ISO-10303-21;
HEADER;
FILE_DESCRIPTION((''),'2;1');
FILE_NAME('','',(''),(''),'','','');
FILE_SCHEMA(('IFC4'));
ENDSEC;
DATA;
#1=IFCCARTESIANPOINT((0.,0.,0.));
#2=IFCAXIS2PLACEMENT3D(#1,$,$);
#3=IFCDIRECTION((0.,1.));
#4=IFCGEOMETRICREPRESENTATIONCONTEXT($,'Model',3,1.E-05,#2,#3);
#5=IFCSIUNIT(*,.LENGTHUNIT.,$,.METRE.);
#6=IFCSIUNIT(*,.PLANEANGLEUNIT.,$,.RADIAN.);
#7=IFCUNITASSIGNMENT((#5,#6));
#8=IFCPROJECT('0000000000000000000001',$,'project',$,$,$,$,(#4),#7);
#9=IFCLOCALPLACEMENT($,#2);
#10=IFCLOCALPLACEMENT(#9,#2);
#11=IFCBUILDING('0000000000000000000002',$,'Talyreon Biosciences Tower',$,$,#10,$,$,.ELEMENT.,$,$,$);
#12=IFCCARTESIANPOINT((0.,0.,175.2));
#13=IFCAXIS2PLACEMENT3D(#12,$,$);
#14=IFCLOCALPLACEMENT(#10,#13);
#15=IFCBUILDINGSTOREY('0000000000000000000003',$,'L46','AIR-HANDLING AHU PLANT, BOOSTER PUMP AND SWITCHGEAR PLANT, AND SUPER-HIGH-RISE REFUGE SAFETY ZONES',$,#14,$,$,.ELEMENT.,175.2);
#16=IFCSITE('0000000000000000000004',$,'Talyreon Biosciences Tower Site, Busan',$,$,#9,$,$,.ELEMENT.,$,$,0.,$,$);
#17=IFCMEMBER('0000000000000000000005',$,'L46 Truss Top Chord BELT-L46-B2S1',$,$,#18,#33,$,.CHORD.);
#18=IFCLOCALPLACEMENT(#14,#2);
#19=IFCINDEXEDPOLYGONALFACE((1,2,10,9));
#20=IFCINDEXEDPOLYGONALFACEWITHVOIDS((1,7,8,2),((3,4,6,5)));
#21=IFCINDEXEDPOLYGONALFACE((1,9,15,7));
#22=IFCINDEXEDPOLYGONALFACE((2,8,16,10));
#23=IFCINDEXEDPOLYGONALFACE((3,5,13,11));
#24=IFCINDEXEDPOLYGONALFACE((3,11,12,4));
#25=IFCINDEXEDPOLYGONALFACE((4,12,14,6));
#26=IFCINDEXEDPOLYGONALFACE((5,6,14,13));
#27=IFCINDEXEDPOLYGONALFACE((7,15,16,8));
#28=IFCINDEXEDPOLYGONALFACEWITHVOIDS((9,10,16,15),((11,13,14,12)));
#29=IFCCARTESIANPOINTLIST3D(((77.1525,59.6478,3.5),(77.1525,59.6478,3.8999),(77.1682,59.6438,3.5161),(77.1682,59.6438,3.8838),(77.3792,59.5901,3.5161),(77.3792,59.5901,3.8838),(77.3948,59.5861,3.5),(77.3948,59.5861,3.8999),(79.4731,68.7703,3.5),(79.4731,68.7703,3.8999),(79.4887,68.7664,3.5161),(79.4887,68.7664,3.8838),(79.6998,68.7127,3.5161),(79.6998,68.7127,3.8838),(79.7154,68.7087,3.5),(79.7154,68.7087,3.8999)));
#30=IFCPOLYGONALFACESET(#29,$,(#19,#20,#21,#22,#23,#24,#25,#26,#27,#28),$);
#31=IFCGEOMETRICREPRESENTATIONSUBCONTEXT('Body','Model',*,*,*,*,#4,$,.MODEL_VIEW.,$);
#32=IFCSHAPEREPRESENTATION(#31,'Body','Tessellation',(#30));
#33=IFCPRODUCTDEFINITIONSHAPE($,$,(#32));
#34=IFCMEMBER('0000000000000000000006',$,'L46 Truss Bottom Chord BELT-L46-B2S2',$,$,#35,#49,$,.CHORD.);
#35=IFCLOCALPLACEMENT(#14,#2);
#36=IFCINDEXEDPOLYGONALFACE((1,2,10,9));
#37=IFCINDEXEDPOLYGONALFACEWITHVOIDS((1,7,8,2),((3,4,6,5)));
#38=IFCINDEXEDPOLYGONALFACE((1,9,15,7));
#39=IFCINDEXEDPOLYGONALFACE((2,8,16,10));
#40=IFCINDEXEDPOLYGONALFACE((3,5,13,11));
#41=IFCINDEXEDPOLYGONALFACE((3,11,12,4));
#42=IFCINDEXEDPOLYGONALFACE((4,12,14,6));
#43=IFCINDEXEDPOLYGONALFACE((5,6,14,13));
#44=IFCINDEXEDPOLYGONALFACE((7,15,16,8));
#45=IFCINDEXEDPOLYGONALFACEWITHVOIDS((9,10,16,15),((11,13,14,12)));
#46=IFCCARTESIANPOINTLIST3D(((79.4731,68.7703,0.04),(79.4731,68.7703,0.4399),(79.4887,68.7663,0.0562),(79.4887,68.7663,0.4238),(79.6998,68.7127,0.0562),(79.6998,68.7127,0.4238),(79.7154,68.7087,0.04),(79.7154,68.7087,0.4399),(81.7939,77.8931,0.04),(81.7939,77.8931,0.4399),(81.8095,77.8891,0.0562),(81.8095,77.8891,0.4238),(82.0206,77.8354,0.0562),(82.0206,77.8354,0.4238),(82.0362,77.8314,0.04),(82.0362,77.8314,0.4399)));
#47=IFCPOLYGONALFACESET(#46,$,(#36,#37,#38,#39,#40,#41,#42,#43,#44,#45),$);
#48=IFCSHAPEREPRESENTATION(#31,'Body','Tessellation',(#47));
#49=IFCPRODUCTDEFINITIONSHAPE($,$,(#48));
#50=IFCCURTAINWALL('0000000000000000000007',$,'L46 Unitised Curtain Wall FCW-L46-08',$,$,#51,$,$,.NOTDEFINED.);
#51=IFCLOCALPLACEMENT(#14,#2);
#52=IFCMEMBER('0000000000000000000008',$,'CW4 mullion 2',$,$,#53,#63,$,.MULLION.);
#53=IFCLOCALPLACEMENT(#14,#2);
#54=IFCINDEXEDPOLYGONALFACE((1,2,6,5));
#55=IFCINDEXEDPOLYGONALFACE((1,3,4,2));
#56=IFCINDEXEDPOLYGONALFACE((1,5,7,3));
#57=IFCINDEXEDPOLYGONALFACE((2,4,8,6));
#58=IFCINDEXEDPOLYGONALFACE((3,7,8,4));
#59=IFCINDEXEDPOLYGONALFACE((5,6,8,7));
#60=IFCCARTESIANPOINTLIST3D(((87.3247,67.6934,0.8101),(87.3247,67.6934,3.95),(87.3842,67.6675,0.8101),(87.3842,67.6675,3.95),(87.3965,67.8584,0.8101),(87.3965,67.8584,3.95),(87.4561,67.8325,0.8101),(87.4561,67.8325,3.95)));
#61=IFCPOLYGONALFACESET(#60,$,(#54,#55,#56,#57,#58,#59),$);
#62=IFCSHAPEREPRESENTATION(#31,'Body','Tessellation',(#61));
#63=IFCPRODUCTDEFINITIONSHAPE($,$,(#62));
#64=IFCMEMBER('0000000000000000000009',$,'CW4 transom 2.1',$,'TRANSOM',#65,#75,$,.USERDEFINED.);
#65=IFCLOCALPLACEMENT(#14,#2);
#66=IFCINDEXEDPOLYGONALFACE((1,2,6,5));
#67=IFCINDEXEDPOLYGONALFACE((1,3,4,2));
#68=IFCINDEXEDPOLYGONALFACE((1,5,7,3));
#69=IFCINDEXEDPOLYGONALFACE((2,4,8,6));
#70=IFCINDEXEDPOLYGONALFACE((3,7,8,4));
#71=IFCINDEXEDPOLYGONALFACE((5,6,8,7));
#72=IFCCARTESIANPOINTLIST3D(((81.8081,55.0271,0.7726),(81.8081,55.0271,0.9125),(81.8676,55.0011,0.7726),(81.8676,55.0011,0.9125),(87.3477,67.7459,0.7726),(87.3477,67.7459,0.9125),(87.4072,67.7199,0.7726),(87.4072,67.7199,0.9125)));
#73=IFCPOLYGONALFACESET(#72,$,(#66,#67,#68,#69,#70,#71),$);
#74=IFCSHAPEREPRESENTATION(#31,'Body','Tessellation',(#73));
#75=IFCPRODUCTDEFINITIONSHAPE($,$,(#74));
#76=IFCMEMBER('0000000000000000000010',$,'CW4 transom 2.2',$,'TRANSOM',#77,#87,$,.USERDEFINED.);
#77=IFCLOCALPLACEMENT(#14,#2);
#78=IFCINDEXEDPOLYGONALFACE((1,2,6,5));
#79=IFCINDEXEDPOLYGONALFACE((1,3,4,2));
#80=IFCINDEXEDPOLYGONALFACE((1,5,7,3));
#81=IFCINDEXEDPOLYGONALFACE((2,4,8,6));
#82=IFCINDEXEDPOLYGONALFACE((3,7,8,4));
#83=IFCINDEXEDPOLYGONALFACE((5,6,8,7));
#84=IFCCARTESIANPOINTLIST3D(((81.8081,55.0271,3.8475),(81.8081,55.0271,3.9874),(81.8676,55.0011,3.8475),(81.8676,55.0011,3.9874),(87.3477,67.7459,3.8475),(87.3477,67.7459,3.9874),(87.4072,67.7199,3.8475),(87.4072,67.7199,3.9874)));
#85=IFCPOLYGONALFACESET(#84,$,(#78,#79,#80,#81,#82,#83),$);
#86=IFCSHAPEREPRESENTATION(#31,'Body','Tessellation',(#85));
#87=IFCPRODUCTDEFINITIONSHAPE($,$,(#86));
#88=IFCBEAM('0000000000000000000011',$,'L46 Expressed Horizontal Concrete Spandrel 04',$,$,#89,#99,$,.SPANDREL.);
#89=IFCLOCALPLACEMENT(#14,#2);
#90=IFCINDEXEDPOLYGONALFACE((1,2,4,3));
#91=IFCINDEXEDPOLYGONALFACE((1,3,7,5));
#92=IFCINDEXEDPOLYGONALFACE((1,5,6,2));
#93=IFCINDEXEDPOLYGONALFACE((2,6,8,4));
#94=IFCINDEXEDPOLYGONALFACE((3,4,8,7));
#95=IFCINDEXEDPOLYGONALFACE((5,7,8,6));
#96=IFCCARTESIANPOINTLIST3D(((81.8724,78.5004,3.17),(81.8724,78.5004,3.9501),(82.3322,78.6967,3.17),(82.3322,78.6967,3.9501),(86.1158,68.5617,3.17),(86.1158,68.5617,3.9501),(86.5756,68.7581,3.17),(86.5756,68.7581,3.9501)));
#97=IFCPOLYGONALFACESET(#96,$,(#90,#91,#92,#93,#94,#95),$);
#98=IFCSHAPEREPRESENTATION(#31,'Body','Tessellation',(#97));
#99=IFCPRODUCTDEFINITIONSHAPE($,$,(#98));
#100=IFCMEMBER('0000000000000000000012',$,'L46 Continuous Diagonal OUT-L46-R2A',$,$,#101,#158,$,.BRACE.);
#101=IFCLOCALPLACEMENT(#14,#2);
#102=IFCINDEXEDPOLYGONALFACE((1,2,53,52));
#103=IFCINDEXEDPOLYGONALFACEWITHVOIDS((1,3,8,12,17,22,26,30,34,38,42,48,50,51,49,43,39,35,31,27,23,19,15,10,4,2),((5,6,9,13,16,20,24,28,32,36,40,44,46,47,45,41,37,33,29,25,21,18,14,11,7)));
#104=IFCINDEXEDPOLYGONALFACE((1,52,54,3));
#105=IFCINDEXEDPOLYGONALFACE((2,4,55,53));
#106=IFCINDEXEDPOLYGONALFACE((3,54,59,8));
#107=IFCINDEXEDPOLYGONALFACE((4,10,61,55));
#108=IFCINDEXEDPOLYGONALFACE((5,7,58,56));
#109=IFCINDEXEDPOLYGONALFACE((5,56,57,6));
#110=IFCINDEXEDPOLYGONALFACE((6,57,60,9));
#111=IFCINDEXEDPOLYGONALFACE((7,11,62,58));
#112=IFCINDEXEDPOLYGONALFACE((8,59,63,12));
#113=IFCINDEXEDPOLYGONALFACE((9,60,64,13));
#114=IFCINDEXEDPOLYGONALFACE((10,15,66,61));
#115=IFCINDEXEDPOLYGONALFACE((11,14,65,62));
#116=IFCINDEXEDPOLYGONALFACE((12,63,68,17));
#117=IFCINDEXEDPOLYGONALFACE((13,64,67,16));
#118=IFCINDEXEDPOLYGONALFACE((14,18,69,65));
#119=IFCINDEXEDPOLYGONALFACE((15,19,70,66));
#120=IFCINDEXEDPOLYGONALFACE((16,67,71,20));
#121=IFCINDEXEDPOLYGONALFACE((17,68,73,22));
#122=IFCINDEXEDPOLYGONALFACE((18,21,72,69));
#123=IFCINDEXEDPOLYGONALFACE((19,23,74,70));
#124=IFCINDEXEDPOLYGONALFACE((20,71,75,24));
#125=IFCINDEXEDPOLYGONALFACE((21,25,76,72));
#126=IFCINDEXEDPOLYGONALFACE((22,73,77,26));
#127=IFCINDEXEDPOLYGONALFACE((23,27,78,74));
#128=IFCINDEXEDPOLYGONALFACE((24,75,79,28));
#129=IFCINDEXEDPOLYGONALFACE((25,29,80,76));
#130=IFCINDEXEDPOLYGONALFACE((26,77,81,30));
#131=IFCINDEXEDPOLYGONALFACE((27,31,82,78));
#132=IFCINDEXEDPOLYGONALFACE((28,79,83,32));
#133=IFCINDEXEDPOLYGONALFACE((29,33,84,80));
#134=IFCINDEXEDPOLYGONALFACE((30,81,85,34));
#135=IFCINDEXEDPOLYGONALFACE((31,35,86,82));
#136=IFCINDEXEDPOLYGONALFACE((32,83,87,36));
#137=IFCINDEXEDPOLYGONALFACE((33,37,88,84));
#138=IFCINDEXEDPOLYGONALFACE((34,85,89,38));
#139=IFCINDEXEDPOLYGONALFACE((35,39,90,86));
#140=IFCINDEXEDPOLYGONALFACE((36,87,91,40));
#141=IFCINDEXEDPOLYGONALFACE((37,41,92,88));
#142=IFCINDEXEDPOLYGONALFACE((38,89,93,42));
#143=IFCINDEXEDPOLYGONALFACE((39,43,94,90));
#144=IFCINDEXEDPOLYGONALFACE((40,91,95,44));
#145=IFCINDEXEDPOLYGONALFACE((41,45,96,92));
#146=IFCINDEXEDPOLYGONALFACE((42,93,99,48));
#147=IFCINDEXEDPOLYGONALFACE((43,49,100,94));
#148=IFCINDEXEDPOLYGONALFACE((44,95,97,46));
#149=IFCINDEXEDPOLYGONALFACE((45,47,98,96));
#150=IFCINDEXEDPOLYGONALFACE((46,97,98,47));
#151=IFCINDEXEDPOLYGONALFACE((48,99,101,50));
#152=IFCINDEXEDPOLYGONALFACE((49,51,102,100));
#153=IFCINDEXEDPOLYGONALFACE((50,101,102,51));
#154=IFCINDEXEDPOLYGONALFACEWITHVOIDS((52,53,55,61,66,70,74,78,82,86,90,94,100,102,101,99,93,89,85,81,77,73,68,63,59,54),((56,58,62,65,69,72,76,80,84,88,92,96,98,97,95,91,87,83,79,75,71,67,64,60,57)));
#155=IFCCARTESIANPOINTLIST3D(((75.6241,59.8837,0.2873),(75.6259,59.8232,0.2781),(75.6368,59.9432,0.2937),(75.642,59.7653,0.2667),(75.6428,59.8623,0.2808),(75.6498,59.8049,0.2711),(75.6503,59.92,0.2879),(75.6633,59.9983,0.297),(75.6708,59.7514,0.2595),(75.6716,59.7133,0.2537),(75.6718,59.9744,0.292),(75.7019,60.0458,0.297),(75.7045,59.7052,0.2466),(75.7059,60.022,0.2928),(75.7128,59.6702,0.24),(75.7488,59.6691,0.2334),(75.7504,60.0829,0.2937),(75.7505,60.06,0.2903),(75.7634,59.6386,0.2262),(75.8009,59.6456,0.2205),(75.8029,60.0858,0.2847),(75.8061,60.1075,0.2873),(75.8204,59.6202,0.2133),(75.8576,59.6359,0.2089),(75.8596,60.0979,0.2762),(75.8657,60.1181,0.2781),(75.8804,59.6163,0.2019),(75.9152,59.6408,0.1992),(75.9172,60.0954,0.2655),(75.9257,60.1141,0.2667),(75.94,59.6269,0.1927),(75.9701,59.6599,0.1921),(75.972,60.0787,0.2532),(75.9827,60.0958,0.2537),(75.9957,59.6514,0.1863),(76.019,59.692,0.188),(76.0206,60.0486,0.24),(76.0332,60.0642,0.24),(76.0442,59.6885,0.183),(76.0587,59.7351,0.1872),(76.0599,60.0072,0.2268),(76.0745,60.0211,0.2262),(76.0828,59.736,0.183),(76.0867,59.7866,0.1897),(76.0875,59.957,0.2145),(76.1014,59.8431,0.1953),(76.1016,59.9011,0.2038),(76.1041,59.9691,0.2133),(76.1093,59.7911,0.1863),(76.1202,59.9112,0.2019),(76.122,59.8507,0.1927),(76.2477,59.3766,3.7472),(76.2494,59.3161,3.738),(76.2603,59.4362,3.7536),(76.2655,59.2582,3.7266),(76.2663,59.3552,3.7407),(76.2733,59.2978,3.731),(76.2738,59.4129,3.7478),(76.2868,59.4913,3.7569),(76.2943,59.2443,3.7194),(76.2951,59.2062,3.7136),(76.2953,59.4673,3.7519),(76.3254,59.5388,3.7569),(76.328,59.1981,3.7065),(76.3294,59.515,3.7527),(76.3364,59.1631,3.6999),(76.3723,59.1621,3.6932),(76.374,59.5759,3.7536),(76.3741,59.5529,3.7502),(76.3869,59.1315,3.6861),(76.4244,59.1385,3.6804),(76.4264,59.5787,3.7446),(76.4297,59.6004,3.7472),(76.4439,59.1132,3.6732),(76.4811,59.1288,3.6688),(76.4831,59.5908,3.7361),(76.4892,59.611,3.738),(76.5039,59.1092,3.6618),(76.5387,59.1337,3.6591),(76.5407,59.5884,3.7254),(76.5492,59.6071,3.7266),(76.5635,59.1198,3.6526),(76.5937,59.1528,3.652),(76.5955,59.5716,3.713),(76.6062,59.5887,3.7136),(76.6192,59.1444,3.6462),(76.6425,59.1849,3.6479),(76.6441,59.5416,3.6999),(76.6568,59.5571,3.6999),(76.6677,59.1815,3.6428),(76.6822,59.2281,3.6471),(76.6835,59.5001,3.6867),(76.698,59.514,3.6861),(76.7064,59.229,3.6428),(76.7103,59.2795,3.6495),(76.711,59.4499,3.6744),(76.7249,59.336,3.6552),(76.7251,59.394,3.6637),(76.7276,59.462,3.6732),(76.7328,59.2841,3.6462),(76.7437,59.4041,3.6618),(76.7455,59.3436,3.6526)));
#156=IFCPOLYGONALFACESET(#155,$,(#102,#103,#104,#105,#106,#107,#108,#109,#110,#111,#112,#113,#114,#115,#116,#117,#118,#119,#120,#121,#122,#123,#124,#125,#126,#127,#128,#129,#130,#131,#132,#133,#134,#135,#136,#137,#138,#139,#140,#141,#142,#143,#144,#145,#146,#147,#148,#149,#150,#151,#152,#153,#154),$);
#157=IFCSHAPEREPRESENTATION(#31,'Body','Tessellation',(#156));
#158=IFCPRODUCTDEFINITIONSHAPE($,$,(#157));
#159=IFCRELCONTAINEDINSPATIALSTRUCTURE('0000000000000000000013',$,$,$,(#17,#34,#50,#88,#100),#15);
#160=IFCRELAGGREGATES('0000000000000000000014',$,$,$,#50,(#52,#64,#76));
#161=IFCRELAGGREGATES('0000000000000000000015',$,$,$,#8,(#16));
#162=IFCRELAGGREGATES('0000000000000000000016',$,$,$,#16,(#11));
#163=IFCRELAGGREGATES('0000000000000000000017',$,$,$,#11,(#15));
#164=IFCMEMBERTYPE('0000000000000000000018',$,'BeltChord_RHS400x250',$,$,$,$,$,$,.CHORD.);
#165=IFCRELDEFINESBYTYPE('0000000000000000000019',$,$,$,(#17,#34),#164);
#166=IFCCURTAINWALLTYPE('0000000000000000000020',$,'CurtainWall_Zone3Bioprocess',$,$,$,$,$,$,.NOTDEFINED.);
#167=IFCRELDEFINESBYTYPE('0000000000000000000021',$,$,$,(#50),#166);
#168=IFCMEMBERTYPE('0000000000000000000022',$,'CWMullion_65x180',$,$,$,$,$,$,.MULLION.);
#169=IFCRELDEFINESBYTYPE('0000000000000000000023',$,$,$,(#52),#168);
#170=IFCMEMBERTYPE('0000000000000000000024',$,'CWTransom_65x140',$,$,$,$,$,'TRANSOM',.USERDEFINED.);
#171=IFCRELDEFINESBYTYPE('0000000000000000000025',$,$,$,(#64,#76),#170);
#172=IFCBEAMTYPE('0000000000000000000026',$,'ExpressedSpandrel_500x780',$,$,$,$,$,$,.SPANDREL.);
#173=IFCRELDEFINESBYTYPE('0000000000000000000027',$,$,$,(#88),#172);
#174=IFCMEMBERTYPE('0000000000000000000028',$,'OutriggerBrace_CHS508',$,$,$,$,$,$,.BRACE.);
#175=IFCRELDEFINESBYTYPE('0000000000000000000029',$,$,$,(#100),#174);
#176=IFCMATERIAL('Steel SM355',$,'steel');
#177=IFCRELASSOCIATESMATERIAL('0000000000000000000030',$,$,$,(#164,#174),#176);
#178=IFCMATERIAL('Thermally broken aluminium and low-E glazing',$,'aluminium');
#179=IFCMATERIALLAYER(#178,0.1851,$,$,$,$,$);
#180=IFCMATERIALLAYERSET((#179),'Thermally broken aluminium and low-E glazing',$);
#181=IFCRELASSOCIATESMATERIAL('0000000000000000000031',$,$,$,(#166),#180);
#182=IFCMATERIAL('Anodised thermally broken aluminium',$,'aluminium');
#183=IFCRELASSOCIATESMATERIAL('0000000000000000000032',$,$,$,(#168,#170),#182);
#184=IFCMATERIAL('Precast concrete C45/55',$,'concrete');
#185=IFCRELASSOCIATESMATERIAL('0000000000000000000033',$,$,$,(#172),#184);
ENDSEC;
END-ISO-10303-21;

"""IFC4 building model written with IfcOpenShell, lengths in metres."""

from ifc_helpers import new_model, si_unit, direction, frame, origin, origin_2d, place, context, subcontext, project, spatial, rectangle, hollow_rectangle, hollow_circle, extrude, material, layer, layer_set, material_profile, profile_set, type_object, element, aggregate, save


model = new_model("IFC4")

# Units and contexts
model_context = context("Model", 3, precision=1e-05, world=origin(), true_north=direction((0.0, 1.0)))
body_context = subcontext(model_context, "Body", "Model", "MODEL_VIEW")
ifc_project = project(units=[si_unit("LENGTHUNIT", "METRE"), si_unit("PLANEANGLEUNIT", "RADIAN")], contexts=[model_context])

# Site, building, storey
site_placement = place(None, origin())
site = spatial("IfcSite", under=ifc_project, at=site_placement, Name="Talyreon Biosciences Tower Site, Busan", CompositionType="ELEMENT", RefElevation=0.0)
building_placement = place(site_placement, origin())
building = spatial("IfcBuilding", under=site, at=building_placement, Name="Talyreon Biosciences Tower", CompositionType="ELEMENT")
storey_placement = place(building_placement, frame((0.0, 0.0, 175.2)))
storey = spatial("IfcBuildingStorey", under=building, at=storey_placement, Name="L46", Description="AIR-HANDLING AHU PLANT, BOOSTER PUMP AND SWITCHGEAR PLANT, AND SUPER-HIGH-RISE REFUGE SAFETY ZONES", CompositionType="ELEMENT", Elevation=175.2)

# Members
ifc_material_1 = material(Name="Steel SM355", Category="steel")
ifc_material_profile_1 = material_profile(ifc_material_1, hollow_rectangle(XDim=0.25, YDim=0.3999, WallThickness=0.0161, at=origin_2d()), Name="RHS 400x250x16")
ifc_profile_set_1 = profile_set([ifc_material_profile_1], Name="Steel SM355")
member_type_1 = type_object("IfcMemberType", Name="BeltChord_RHS400x250", PredefinedType="CHORD", material=ifc_profile_set_1)
for number, where, z_axis, x_axis, name in (
    (1, (77.2737, 59.6169, 3.7), (0.246525, 0.969137, 0.0), (-0.969137, 0.246525, 0.0), "L46 Truss Top Chord BELT-L46-B2S1"),
):
    element("IfcMember", number, at=place(storey_placement, frame(where, z_axis=z_axis, x_axis=x_axis)), inside=storey, type_object=member_type_1, Name=name, PredefinedType="CHORD", context=body_context, shape_type="SweptSolid", body=[
        extrude(hollow_rectangle(XDim=0.25, YDim=0.3999, WallThickness=0.0161, at=origin_2d()), origin(), (0.0, 0.0, 1.0), 9.4131),
    ])
member_1_placement = place(storey_placement, frame((79.5942, 68.7395, 0.24), z_axis=(0.246543, 0.969132, 0.0), x_axis=(-0.969132, 0.246543, 0.0)))
element("IfcMember", 2, at=member_1_placement, inside=storey, type_object=member_type_1, Name="L46 Truss Bottom Chord BELT-L46-B2S2", PredefinedType="CHORD", context=body_context, shape_type="SweptSolid", body=[
    extrude(hollow_rectangle(XDim=0.25, YDim=0.3999, WallThickness=0.0161, at=origin_2d()), origin(), (0.0, 0.0, 1.0), 9.4133),
])

# Curtain wall, members
ifc_material_2 = material(Name="Thermally broken aluminium and low-E glazing", Category="aluminium")
ifc_layer_1 = layer(ifc_material_2, 0.1851)
ifc_layer_set_1 = layer_set([ifc_layer_1], Name="Thermally broken aluminium and low-E glazing")
curtain_wall_type = type_object("IfcCurtainWallType", Name="CurtainWall_Zone3Bioprocess", PredefinedType="NOTDEFINED", material=ifc_layer_set_1)
curtain_wall_placement = place(storey_placement, origin())
curtain_wall = element("IfcCurtainWall", 3, at=curtain_wall_placement, inside=storey, type_object=curtain_wall_type, Name="L46 Unitised Curtain Wall FCW-L46-08", PredefinedType="NOTDEFINED")
ifc_material_3 = material(Name="Anodised thermally broken aluminium", Category="aluminium")
ifc_material_profile_2 = material_profile(ifc_material_3, rectangle(XDim=0.0649, YDim=0.1799, at=origin_2d()), Name="ALUM MULLION 65x180")
ifc_profile_set_2 = profile_set([ifc_material_profile_2], Name="Anodised thermally broken aluminium")
member_type_2 = type_object("IfcMemberType", Name="CWMullion_65x180", PredefinedType="MULLION", material=ifc_profile_set_2)
member_2_placement = place(storey_placement, frame((87.3904, 67.7629, 0.8101), z_axis=(0.0, 0.0, 1.0), x_axis=(0.91682, -0.3993, 0.0)))
member_2 = element("IfcMember", 4, at=member_2_placement, type_object=member_type_2, Name="CW4 mullion 2", PredefinedType="MULLION", context=body_context, shape_type="SweptSolid", body=[
    extrude(rectangle(XDim=0.0649, YDim=0.1799, at=origin_2d()), origin(), (0.0, 0.0, 1.0), 3.1399),
])
ifc_material_profile_3 = material_profile(ifc_material_3, rectangle(XDim=0.0649, YDim=0.1399, at=origin_2d()), Name="ALUM TRANSOM 65x140")
ifc_profile_set_3 = profile_set([ifc_material_profile_3], Name="Anodised thermally broken aluminium")
member_type_3 = type_object("IfcMemberType", Name="CWTransom_65x140", ElementType="TRANSOM", PredefinedType="USERDEFINED", material=ifc_profile_set_3)
member_3_placement = place(storey_placement, frame((87.3774, 67.7329, 0.8425), z_axis=(-0.399312, -0.916815, 0.0), x_axis=(0.916815, -0.399312, 0.0)))
member_3 = element("IfcMember", 5, at=member_3_placement, type_object=member_type_3, Name="CW4 transom 2.1", ObjectType="TRANSOM", PredefinedType="USERDEFINED", context=body_context, shape_type="SweptSolid", body=[
    extrude(rectangle(XDim=0.0649, YDim=0.1399, at=origin_2d()), origin(), (0.0, 0.0, 1.0), 13.8728),
])
member_4_placement = place(storey_placement, frame((87.3774, 67.7329, 3.9175), z_axis=(-0.399312, -0.916815, 0.0), x_axis=(0.916815, -0.399312, 0.0)))
member_4 = element("IfcMember", 6, at=member_4_placement, type_object=member_type_3, Name="CW4 transom 2.2", ObjectType="TRANSOM", PredefinedType="USERDEFINED", context=body_context, shape_type="SweptSolid", body=[
    extrude(rectangle(XDim=0.0649, YDim=0.1399, at=origin_2d()), origin(), (0.0, 0.0, 1.0), 13.8728),
])

# Beam
ifc_material_4 = material(Name="Precast concrete C45/55", Category="concrete")
ifc_material_profile_4 = material_profile(ifc_material_4, rectangle(XDim=0.5, YDim=0.78, at=origin_2d()), Name="RCB 500x780")
ifc_profile_set_4 = profile_set([ifc_material_profile_4], Name="Precast concrete C45/55")
beam_type = type_object("IfcBeamType", Name="ExpressedSpandrel_500x780", PredefinedType="SPANDREL", material=ifc_profile_set_4)
beam_placement = place(storey_placement, frame((86.3457, 68.6599, 3.5601), z_axis=(-0.392665, 0.919682, 0.0), x_axis=(-0.919682, -0.392665, 0.0)))
element("IfcBeam", 7, at=beam_placement, inside=storey, type_object=beam_type, Name="L46 Expressed Horizontal Concrete Spandrel 04", PredefinedType="SPANDREL", context=body_context, shape_type="SweptSolid", body=[
    extrude(rectangle(XDim=0.5, YDim=0.78, at=origin_2d()), origin(), (0.0, 0.0, 1.0), 10.8066),
])

# Member
ifc_material_profile_5 = material_profile(ifc_material_1, hollow_circle(Radius=0.2539, WallThickness=0.02, at=origin_2d()), Name="CHS 508x20")
ifc_profile_set_5 = profile_set([ifc_material_profile_5], Name="Steel SM355")
member_type_4 = type_object("IfcMemberType", Name="OutriggerBrace_CHS508", PredefinedType="BRACE", material=ifc_profile_set_5)
member_5_placement = place(storey_placement, frame((75.873, 59.8672, 0.24), z_axis=(0.175541, -0.142756, 0.974067), x_axis=(0.630936, 0.775835, 0.0)))
element("IfcMember", 8, at=member_5_placement, inside=storey, type_object=member_type_4, Name="L46 Continuous Diagonal OUT-L46-R2A", PredefinedType="BRACE", context=body_context, shape_type="SweptSolid", body=[
    extrude(hollow_circle(Radius=0.2539, WallThickness=0.02, at=origin_2d()), origin(), (0.0, 0.0, 1.0), 3.552),
])

aggregate(curtain_wall, [member_2, member_3, member_4])

save(model, "model.ifc")
